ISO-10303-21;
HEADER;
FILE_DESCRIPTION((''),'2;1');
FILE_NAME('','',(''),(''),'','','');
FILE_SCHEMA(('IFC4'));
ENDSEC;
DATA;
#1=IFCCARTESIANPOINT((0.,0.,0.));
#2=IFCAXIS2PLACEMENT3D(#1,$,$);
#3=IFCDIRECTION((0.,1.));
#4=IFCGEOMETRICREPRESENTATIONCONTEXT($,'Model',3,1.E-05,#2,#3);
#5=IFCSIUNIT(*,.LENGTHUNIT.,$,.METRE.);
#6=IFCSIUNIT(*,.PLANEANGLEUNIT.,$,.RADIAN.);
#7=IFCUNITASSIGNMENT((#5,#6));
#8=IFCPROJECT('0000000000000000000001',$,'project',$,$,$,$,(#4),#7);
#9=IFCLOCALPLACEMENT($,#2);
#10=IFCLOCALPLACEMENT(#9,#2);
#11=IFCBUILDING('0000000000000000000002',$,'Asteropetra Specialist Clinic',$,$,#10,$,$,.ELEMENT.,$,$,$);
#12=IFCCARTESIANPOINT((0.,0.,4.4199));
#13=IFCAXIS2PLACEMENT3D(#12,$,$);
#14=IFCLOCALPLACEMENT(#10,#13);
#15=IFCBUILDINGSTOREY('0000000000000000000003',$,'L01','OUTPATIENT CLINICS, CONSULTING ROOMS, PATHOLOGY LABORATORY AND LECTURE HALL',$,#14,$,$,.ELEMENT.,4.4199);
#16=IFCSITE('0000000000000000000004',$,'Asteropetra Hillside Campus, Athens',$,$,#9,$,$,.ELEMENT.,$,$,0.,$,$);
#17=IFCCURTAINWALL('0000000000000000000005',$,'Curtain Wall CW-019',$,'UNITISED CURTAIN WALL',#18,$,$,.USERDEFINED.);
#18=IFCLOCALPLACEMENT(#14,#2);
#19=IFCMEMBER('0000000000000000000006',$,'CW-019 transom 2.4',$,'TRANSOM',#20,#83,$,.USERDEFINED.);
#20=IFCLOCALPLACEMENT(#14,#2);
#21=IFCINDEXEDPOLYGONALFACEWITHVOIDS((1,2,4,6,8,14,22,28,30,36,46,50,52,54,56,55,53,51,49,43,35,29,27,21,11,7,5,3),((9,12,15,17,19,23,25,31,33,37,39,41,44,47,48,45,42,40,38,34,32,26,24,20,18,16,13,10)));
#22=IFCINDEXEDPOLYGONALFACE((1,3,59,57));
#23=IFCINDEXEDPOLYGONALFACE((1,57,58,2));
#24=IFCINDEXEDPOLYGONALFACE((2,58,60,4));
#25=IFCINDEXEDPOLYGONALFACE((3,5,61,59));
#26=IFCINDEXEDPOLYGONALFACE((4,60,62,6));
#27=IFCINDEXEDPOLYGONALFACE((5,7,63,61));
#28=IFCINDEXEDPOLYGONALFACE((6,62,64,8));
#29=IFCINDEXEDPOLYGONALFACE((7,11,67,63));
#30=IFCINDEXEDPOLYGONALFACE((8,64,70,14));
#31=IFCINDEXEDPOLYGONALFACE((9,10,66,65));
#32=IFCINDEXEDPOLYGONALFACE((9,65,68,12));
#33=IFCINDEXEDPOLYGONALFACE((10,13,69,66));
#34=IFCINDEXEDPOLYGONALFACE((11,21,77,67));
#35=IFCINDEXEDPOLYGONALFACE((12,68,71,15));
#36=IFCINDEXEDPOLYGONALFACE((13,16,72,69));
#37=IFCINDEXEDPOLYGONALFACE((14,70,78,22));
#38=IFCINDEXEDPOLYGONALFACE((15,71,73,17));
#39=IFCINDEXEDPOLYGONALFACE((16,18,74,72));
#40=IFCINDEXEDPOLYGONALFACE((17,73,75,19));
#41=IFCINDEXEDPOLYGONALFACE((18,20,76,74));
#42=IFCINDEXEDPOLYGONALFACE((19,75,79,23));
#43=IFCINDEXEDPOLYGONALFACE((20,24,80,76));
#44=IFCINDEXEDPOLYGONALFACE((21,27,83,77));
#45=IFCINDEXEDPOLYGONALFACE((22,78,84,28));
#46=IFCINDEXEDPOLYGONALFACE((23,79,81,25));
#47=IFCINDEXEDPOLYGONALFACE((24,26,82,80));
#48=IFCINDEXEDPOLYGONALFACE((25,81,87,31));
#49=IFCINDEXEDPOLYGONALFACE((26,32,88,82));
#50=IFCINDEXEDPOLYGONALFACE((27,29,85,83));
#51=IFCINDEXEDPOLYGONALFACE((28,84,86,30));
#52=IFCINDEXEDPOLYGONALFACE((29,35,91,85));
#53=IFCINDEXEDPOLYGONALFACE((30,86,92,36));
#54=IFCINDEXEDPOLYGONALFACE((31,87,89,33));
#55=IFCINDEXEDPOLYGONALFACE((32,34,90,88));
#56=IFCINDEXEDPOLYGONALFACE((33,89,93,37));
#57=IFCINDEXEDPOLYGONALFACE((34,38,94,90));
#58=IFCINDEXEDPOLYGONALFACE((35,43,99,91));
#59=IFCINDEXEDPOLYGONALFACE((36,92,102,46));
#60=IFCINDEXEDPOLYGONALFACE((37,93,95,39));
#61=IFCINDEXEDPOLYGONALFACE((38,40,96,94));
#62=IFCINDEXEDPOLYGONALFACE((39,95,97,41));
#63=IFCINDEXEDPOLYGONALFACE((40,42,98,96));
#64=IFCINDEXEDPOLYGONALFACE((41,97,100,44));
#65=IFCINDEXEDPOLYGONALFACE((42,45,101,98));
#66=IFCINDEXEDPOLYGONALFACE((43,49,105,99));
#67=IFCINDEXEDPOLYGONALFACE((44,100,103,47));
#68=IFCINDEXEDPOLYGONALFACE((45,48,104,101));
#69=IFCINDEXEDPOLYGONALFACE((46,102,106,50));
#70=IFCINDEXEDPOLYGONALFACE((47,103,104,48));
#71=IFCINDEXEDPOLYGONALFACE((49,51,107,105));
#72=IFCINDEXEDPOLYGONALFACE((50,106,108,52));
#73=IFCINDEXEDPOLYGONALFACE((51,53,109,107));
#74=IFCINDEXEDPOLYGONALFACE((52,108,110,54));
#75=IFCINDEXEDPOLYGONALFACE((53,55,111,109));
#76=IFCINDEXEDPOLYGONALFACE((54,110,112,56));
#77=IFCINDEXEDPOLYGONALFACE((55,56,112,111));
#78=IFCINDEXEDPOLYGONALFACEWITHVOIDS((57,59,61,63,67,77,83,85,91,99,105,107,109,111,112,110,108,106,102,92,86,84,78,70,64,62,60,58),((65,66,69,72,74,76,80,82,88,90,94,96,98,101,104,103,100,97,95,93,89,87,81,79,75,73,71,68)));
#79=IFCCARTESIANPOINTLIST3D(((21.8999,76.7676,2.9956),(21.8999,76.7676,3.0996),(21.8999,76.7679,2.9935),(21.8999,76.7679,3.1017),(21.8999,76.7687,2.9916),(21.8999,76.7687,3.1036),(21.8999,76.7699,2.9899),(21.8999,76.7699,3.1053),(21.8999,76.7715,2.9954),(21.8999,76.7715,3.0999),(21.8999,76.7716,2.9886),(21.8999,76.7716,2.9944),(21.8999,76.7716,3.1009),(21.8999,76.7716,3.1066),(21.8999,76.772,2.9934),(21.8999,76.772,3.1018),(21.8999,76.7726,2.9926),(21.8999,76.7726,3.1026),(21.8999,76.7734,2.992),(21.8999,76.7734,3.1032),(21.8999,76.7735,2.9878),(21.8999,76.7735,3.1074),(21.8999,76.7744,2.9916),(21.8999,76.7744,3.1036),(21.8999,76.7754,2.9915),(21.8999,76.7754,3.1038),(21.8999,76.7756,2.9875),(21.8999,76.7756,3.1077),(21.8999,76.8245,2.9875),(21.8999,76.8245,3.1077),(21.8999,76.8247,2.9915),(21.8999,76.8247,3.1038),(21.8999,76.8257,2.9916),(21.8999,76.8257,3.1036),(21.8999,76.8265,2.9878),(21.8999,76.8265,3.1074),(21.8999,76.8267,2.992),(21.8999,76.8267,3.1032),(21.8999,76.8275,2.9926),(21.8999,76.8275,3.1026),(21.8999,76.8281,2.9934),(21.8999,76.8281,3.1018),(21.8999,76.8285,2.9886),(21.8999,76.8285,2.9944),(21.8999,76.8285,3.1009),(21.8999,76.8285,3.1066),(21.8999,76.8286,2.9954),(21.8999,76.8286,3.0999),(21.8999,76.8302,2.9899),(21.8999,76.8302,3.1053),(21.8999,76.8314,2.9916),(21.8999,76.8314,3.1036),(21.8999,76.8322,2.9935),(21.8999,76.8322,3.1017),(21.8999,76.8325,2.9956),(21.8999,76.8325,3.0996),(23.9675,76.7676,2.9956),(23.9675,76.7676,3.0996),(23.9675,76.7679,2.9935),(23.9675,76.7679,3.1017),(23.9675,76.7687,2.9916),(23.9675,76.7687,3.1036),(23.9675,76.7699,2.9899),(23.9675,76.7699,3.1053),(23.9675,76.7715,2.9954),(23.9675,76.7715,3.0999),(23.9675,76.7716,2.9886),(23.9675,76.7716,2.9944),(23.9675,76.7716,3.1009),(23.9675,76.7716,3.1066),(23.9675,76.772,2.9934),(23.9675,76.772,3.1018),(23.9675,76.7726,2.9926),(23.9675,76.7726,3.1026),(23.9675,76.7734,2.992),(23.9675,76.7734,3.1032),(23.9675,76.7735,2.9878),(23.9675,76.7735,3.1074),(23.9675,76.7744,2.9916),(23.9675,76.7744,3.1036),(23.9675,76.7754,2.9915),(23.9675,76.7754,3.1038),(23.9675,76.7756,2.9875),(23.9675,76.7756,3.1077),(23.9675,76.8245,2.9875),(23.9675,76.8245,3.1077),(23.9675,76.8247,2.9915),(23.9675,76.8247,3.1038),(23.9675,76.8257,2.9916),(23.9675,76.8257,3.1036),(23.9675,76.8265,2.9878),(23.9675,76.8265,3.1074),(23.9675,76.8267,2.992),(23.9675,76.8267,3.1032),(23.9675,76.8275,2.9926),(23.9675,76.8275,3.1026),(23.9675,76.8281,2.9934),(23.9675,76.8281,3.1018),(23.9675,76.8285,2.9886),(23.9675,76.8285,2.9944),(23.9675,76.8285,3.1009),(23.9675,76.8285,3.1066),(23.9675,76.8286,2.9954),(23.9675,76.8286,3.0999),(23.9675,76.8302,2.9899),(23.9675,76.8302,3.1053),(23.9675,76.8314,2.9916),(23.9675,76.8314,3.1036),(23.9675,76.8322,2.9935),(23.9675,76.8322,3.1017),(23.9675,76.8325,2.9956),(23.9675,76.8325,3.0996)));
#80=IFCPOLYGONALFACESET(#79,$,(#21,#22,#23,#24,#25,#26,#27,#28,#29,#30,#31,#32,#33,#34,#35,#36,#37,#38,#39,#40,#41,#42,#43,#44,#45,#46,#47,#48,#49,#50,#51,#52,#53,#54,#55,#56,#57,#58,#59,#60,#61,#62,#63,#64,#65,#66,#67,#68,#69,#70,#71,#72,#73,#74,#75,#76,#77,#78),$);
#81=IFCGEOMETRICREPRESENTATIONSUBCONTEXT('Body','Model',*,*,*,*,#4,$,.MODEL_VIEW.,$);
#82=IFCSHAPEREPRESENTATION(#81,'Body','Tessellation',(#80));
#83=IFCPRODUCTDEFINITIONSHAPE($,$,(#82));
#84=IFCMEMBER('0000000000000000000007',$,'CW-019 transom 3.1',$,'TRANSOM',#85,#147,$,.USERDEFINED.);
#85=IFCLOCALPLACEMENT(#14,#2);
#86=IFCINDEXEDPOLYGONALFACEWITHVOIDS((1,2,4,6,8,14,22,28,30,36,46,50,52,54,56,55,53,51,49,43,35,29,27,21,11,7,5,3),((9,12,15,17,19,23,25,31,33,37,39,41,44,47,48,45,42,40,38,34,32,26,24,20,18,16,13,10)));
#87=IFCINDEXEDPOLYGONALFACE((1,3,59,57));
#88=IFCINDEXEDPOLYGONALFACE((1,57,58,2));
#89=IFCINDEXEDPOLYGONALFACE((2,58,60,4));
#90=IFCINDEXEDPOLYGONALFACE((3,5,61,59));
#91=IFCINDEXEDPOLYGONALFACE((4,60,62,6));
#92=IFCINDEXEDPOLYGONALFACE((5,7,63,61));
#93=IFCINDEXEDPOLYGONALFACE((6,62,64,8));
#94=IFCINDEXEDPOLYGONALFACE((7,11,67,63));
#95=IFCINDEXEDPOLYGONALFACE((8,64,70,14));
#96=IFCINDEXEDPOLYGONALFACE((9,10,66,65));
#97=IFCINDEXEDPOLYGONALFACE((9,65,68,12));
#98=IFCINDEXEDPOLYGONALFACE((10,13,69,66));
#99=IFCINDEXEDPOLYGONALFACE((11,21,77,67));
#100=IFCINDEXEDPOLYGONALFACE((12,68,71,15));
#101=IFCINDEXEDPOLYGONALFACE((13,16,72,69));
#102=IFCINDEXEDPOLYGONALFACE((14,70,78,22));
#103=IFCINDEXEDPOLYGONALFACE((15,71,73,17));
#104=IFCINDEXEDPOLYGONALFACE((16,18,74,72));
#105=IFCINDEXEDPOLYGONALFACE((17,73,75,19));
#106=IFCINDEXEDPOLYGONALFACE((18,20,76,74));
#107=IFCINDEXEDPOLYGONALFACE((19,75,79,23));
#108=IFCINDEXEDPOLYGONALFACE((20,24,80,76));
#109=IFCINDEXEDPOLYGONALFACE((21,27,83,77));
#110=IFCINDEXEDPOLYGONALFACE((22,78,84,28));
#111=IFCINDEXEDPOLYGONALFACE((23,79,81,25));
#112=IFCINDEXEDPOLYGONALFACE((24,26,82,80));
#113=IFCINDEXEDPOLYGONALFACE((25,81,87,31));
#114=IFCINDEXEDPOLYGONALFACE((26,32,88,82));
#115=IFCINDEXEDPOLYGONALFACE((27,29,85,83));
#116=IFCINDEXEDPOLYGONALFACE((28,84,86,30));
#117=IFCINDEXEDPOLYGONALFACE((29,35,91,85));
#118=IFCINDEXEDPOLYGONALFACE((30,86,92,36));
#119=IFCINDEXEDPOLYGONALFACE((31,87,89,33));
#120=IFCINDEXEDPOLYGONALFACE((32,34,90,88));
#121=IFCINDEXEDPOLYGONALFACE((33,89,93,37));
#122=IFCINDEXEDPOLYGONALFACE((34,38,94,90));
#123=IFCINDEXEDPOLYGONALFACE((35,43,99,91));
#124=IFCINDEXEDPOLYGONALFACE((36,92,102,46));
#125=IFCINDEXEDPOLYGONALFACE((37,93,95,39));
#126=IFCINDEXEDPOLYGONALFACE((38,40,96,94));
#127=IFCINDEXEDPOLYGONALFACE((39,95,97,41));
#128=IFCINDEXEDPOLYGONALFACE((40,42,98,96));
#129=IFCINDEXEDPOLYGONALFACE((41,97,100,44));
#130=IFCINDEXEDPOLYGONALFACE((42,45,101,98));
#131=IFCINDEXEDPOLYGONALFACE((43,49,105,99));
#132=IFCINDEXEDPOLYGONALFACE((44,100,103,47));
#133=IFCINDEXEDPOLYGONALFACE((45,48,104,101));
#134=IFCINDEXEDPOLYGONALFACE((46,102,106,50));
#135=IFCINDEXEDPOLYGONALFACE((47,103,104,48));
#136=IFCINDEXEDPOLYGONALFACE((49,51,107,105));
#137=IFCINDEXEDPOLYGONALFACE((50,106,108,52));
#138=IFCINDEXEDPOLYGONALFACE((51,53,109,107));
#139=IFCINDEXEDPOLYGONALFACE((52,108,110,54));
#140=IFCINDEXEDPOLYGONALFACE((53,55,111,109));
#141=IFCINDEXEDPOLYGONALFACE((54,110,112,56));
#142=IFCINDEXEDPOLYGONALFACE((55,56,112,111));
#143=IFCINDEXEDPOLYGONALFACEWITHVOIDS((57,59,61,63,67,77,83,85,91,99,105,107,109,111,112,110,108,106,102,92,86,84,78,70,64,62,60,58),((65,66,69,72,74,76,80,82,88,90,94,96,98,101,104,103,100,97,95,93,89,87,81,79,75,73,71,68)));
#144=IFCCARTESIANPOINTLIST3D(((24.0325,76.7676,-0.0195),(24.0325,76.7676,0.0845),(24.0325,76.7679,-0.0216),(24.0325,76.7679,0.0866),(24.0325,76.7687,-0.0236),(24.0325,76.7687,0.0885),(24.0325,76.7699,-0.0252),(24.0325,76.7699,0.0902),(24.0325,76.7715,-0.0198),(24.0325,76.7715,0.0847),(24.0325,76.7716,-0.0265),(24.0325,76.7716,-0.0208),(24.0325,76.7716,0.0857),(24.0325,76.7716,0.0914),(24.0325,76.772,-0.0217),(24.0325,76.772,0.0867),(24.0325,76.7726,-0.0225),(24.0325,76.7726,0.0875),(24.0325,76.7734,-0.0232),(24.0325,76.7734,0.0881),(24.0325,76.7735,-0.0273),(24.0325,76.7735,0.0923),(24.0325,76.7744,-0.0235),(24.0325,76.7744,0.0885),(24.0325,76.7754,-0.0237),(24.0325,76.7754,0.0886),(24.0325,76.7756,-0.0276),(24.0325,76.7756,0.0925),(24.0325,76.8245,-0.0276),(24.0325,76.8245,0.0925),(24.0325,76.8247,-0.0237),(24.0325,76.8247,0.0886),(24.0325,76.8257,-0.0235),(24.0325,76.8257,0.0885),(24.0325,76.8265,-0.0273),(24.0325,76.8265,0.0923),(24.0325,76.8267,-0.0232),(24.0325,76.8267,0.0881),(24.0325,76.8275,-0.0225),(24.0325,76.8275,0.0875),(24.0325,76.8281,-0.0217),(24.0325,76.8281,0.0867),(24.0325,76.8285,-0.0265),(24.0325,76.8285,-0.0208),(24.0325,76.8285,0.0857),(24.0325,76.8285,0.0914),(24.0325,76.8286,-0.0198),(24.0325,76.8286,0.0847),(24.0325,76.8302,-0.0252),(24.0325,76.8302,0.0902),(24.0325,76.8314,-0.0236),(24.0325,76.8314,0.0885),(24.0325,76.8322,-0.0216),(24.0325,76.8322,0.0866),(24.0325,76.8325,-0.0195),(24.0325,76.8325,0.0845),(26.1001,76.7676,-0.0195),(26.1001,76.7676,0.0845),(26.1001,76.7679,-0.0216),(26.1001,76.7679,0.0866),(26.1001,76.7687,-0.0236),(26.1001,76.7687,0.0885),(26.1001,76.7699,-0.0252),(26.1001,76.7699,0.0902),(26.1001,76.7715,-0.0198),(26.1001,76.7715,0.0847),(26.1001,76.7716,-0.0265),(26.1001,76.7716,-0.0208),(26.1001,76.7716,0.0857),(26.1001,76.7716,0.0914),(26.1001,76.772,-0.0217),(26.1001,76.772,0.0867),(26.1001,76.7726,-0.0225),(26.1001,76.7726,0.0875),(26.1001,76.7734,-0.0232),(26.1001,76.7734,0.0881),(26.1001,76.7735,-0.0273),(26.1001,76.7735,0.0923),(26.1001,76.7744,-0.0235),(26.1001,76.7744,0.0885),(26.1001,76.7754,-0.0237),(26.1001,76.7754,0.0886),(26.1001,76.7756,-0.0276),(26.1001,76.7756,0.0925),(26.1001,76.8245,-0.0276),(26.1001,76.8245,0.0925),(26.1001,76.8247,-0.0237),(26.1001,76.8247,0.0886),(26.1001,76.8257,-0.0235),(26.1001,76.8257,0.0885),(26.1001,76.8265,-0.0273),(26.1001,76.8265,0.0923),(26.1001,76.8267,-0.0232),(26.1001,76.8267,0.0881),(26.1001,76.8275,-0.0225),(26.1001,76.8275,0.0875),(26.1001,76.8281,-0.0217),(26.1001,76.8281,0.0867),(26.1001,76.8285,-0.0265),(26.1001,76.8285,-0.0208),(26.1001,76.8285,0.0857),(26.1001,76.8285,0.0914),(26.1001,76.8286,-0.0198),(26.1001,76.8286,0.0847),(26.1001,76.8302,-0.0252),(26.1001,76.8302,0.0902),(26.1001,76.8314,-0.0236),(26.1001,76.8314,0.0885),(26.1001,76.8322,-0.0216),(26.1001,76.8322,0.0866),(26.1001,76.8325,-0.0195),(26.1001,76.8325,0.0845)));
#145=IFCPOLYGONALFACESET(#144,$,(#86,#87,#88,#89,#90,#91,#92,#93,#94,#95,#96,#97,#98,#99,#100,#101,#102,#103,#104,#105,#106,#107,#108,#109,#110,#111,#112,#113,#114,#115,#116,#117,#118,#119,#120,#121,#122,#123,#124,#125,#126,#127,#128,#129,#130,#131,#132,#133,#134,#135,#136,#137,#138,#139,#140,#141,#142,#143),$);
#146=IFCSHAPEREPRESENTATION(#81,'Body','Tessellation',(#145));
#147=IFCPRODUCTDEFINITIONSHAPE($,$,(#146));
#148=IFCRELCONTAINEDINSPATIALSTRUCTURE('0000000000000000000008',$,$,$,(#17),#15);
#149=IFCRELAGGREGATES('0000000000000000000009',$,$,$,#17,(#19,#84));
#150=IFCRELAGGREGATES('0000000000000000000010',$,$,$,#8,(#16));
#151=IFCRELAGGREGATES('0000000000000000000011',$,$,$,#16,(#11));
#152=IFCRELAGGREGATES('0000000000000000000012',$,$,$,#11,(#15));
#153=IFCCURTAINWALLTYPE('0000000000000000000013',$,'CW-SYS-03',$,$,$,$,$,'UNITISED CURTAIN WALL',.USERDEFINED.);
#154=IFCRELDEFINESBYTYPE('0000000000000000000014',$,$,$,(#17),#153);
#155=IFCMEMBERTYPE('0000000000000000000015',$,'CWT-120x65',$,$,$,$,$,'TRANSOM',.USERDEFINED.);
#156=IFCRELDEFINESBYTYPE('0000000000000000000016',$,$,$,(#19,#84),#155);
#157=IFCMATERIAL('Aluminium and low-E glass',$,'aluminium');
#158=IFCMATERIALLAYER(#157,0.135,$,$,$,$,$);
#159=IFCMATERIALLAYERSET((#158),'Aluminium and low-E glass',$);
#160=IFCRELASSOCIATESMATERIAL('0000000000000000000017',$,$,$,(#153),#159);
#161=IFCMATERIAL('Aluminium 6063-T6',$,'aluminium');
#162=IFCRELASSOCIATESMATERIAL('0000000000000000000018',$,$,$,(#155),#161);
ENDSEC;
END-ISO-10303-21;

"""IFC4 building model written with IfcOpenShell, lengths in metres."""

from ifc_helpers import new_model, si_unit, direction, frame, origin, origin_2d, place, context, subcontext, project, spatial, hollow_rectangle, extrude, material, layer, layer_set, material_profile, profile_set, type_object, element, aggregate, save


model = new_model("IFC4")

# Units and contexts
model_context = context("Model", 3, precision=1e-05, world=origin(), true_north=direction((0.0, 1.0)))
body_context = subcontext(model_context, "Body", "Model", "MODEL_VIEW")
ifc_project = project(units=[si_unit("LENGTHUNIT", "METRE"), si_unit("PLANEANGLEUNIT", "RADIAN")], contexts=[model_context])

# Site, building, storey
site_placement = place(None, origin())
site = spatial("IfcSite", under=ifc_project, at=site_placement, Name="Asteropetra Hillside Campus, Athens", CompositionType="ELEMENT", RefElevation=0.0)
building_placement = place(site_placement, origin())
building = spatial("IfcBuilding", under=site, at=building_placement, Name="Asteropetra Specialist Clinic", CompositionType="ELEMENT")
storey_placement = place(building_placement, frame((0.0, 0.0, 4.4199)))
storey = spatial("IfcBuildingStorey", under=building, at=storey_placement, Name="L01", Description="OUTPATIENT CLINICS, CONSULTING ROOMS, PATHOLOGY LABORATORY AND LECTURE HALL", CompositionType="ELEMENT", Elevation=4.4199)

# Curtain wall, members
ifc_material_1 = material(Name="Aluminium and low-E glass", Category="aluminium")
ifc_layer_1 = layer(ifc_material_1, 0.135)
ifc_layer_set_1 = layer_set([ifc_layer_1], Name="Aluminium and low-E glass")
curtain_wall_type = type_object("IfcCurtainWallType", Name="CW-SYS-03", ElementType="UNITISED CURTAIN WALL", PredefinedType="USERDEFINED", material=ifc_layer_set_1)
curtain_wall_placement = place(storey_placement, origin())
curtain_wall = element("IfcCurtainWall", 1, at=curtain_wall_placement, inside=storey, type_object=curtain_wall_type, Name="Curtain Wall CW-019", ObjectType="UNITISED CURTAIN WALL", PredefinedType="USERDEFINED")
ifc_material_2 = material(Name="Aluminium 6063-T6", Category="aluminium")
ifc_material_profile_1 = material_profile(ifc_material_2, hollow_rectangle(XDim=0.0649, YDim=0.1201, WallThickness=0.0039, InnerFilletRadius=0.0039, OuterFilletRadius=0.0081, at=origin_2d()), Name="TRN 120x65x4.0")
ifc_profile_set_1 = profile_set([ifc_material_profile_1], Name="Aluminium 6063-T6")
member_type_1 = type_object("IfcMemberType", Name="CWT-120x65", ElementType="TRANSOM", PredefinedType="USERDEFINED", material=ifc_profile_set_1)
member_1_placement = place(storey_placement, frame((21.8999, 76.8, 3.0476), z_axis=(1.0, 0.0, 0.0), x_axis=(0.0, 1.0, 0.0)))
member_1 = element("IfcMember", 2, at=member_1_placement, type_object=member_type_1, Name="CW-019 transom 2.4", ObjectType="TRANSOM", PredefinedType="USERDEFINED", context=body_context, shape_type="SweptSolid", body=[
    extrude(hollow_rectangle(XDim=0.0649, YDim=0.1201, WallThickness=0.0039, InnerFilletRadius=0.0039, OuterFilletRadius=0.0081, at=origin_2d()), origin(), (0.0, 0.0, 1.0), 2.0676),
])
member_2_placement = place(storey_placement, frame((24.0325, 76.8, 0.0325), z_axis=(1.0, 0.0, 0.0), x_axis=(0.0, 1.0, 0.0)))
member_2 = element("IfcMember", 3, at=member_2_placement, type_object=member_type_1, Name="CW-019 transom 3.1", ObjectType="TRANSOM", PredefinedType="USERDEFINED", context=body_context, shape_type="SweptSolid", body=[
    extrude(hollow_rectangle(XDim=0.0649, YDim=0.1201, WallThickness=0.0039, InnerFilletRadius=0.0039, OuterFilletRadius=0.0081, at=origin_2d()), origin(), (0.0, 0.0, 1.0), 2.0676),
])
aggregate(curtain_wall, [member_1, member_2])

save(model, "model.ifc")
